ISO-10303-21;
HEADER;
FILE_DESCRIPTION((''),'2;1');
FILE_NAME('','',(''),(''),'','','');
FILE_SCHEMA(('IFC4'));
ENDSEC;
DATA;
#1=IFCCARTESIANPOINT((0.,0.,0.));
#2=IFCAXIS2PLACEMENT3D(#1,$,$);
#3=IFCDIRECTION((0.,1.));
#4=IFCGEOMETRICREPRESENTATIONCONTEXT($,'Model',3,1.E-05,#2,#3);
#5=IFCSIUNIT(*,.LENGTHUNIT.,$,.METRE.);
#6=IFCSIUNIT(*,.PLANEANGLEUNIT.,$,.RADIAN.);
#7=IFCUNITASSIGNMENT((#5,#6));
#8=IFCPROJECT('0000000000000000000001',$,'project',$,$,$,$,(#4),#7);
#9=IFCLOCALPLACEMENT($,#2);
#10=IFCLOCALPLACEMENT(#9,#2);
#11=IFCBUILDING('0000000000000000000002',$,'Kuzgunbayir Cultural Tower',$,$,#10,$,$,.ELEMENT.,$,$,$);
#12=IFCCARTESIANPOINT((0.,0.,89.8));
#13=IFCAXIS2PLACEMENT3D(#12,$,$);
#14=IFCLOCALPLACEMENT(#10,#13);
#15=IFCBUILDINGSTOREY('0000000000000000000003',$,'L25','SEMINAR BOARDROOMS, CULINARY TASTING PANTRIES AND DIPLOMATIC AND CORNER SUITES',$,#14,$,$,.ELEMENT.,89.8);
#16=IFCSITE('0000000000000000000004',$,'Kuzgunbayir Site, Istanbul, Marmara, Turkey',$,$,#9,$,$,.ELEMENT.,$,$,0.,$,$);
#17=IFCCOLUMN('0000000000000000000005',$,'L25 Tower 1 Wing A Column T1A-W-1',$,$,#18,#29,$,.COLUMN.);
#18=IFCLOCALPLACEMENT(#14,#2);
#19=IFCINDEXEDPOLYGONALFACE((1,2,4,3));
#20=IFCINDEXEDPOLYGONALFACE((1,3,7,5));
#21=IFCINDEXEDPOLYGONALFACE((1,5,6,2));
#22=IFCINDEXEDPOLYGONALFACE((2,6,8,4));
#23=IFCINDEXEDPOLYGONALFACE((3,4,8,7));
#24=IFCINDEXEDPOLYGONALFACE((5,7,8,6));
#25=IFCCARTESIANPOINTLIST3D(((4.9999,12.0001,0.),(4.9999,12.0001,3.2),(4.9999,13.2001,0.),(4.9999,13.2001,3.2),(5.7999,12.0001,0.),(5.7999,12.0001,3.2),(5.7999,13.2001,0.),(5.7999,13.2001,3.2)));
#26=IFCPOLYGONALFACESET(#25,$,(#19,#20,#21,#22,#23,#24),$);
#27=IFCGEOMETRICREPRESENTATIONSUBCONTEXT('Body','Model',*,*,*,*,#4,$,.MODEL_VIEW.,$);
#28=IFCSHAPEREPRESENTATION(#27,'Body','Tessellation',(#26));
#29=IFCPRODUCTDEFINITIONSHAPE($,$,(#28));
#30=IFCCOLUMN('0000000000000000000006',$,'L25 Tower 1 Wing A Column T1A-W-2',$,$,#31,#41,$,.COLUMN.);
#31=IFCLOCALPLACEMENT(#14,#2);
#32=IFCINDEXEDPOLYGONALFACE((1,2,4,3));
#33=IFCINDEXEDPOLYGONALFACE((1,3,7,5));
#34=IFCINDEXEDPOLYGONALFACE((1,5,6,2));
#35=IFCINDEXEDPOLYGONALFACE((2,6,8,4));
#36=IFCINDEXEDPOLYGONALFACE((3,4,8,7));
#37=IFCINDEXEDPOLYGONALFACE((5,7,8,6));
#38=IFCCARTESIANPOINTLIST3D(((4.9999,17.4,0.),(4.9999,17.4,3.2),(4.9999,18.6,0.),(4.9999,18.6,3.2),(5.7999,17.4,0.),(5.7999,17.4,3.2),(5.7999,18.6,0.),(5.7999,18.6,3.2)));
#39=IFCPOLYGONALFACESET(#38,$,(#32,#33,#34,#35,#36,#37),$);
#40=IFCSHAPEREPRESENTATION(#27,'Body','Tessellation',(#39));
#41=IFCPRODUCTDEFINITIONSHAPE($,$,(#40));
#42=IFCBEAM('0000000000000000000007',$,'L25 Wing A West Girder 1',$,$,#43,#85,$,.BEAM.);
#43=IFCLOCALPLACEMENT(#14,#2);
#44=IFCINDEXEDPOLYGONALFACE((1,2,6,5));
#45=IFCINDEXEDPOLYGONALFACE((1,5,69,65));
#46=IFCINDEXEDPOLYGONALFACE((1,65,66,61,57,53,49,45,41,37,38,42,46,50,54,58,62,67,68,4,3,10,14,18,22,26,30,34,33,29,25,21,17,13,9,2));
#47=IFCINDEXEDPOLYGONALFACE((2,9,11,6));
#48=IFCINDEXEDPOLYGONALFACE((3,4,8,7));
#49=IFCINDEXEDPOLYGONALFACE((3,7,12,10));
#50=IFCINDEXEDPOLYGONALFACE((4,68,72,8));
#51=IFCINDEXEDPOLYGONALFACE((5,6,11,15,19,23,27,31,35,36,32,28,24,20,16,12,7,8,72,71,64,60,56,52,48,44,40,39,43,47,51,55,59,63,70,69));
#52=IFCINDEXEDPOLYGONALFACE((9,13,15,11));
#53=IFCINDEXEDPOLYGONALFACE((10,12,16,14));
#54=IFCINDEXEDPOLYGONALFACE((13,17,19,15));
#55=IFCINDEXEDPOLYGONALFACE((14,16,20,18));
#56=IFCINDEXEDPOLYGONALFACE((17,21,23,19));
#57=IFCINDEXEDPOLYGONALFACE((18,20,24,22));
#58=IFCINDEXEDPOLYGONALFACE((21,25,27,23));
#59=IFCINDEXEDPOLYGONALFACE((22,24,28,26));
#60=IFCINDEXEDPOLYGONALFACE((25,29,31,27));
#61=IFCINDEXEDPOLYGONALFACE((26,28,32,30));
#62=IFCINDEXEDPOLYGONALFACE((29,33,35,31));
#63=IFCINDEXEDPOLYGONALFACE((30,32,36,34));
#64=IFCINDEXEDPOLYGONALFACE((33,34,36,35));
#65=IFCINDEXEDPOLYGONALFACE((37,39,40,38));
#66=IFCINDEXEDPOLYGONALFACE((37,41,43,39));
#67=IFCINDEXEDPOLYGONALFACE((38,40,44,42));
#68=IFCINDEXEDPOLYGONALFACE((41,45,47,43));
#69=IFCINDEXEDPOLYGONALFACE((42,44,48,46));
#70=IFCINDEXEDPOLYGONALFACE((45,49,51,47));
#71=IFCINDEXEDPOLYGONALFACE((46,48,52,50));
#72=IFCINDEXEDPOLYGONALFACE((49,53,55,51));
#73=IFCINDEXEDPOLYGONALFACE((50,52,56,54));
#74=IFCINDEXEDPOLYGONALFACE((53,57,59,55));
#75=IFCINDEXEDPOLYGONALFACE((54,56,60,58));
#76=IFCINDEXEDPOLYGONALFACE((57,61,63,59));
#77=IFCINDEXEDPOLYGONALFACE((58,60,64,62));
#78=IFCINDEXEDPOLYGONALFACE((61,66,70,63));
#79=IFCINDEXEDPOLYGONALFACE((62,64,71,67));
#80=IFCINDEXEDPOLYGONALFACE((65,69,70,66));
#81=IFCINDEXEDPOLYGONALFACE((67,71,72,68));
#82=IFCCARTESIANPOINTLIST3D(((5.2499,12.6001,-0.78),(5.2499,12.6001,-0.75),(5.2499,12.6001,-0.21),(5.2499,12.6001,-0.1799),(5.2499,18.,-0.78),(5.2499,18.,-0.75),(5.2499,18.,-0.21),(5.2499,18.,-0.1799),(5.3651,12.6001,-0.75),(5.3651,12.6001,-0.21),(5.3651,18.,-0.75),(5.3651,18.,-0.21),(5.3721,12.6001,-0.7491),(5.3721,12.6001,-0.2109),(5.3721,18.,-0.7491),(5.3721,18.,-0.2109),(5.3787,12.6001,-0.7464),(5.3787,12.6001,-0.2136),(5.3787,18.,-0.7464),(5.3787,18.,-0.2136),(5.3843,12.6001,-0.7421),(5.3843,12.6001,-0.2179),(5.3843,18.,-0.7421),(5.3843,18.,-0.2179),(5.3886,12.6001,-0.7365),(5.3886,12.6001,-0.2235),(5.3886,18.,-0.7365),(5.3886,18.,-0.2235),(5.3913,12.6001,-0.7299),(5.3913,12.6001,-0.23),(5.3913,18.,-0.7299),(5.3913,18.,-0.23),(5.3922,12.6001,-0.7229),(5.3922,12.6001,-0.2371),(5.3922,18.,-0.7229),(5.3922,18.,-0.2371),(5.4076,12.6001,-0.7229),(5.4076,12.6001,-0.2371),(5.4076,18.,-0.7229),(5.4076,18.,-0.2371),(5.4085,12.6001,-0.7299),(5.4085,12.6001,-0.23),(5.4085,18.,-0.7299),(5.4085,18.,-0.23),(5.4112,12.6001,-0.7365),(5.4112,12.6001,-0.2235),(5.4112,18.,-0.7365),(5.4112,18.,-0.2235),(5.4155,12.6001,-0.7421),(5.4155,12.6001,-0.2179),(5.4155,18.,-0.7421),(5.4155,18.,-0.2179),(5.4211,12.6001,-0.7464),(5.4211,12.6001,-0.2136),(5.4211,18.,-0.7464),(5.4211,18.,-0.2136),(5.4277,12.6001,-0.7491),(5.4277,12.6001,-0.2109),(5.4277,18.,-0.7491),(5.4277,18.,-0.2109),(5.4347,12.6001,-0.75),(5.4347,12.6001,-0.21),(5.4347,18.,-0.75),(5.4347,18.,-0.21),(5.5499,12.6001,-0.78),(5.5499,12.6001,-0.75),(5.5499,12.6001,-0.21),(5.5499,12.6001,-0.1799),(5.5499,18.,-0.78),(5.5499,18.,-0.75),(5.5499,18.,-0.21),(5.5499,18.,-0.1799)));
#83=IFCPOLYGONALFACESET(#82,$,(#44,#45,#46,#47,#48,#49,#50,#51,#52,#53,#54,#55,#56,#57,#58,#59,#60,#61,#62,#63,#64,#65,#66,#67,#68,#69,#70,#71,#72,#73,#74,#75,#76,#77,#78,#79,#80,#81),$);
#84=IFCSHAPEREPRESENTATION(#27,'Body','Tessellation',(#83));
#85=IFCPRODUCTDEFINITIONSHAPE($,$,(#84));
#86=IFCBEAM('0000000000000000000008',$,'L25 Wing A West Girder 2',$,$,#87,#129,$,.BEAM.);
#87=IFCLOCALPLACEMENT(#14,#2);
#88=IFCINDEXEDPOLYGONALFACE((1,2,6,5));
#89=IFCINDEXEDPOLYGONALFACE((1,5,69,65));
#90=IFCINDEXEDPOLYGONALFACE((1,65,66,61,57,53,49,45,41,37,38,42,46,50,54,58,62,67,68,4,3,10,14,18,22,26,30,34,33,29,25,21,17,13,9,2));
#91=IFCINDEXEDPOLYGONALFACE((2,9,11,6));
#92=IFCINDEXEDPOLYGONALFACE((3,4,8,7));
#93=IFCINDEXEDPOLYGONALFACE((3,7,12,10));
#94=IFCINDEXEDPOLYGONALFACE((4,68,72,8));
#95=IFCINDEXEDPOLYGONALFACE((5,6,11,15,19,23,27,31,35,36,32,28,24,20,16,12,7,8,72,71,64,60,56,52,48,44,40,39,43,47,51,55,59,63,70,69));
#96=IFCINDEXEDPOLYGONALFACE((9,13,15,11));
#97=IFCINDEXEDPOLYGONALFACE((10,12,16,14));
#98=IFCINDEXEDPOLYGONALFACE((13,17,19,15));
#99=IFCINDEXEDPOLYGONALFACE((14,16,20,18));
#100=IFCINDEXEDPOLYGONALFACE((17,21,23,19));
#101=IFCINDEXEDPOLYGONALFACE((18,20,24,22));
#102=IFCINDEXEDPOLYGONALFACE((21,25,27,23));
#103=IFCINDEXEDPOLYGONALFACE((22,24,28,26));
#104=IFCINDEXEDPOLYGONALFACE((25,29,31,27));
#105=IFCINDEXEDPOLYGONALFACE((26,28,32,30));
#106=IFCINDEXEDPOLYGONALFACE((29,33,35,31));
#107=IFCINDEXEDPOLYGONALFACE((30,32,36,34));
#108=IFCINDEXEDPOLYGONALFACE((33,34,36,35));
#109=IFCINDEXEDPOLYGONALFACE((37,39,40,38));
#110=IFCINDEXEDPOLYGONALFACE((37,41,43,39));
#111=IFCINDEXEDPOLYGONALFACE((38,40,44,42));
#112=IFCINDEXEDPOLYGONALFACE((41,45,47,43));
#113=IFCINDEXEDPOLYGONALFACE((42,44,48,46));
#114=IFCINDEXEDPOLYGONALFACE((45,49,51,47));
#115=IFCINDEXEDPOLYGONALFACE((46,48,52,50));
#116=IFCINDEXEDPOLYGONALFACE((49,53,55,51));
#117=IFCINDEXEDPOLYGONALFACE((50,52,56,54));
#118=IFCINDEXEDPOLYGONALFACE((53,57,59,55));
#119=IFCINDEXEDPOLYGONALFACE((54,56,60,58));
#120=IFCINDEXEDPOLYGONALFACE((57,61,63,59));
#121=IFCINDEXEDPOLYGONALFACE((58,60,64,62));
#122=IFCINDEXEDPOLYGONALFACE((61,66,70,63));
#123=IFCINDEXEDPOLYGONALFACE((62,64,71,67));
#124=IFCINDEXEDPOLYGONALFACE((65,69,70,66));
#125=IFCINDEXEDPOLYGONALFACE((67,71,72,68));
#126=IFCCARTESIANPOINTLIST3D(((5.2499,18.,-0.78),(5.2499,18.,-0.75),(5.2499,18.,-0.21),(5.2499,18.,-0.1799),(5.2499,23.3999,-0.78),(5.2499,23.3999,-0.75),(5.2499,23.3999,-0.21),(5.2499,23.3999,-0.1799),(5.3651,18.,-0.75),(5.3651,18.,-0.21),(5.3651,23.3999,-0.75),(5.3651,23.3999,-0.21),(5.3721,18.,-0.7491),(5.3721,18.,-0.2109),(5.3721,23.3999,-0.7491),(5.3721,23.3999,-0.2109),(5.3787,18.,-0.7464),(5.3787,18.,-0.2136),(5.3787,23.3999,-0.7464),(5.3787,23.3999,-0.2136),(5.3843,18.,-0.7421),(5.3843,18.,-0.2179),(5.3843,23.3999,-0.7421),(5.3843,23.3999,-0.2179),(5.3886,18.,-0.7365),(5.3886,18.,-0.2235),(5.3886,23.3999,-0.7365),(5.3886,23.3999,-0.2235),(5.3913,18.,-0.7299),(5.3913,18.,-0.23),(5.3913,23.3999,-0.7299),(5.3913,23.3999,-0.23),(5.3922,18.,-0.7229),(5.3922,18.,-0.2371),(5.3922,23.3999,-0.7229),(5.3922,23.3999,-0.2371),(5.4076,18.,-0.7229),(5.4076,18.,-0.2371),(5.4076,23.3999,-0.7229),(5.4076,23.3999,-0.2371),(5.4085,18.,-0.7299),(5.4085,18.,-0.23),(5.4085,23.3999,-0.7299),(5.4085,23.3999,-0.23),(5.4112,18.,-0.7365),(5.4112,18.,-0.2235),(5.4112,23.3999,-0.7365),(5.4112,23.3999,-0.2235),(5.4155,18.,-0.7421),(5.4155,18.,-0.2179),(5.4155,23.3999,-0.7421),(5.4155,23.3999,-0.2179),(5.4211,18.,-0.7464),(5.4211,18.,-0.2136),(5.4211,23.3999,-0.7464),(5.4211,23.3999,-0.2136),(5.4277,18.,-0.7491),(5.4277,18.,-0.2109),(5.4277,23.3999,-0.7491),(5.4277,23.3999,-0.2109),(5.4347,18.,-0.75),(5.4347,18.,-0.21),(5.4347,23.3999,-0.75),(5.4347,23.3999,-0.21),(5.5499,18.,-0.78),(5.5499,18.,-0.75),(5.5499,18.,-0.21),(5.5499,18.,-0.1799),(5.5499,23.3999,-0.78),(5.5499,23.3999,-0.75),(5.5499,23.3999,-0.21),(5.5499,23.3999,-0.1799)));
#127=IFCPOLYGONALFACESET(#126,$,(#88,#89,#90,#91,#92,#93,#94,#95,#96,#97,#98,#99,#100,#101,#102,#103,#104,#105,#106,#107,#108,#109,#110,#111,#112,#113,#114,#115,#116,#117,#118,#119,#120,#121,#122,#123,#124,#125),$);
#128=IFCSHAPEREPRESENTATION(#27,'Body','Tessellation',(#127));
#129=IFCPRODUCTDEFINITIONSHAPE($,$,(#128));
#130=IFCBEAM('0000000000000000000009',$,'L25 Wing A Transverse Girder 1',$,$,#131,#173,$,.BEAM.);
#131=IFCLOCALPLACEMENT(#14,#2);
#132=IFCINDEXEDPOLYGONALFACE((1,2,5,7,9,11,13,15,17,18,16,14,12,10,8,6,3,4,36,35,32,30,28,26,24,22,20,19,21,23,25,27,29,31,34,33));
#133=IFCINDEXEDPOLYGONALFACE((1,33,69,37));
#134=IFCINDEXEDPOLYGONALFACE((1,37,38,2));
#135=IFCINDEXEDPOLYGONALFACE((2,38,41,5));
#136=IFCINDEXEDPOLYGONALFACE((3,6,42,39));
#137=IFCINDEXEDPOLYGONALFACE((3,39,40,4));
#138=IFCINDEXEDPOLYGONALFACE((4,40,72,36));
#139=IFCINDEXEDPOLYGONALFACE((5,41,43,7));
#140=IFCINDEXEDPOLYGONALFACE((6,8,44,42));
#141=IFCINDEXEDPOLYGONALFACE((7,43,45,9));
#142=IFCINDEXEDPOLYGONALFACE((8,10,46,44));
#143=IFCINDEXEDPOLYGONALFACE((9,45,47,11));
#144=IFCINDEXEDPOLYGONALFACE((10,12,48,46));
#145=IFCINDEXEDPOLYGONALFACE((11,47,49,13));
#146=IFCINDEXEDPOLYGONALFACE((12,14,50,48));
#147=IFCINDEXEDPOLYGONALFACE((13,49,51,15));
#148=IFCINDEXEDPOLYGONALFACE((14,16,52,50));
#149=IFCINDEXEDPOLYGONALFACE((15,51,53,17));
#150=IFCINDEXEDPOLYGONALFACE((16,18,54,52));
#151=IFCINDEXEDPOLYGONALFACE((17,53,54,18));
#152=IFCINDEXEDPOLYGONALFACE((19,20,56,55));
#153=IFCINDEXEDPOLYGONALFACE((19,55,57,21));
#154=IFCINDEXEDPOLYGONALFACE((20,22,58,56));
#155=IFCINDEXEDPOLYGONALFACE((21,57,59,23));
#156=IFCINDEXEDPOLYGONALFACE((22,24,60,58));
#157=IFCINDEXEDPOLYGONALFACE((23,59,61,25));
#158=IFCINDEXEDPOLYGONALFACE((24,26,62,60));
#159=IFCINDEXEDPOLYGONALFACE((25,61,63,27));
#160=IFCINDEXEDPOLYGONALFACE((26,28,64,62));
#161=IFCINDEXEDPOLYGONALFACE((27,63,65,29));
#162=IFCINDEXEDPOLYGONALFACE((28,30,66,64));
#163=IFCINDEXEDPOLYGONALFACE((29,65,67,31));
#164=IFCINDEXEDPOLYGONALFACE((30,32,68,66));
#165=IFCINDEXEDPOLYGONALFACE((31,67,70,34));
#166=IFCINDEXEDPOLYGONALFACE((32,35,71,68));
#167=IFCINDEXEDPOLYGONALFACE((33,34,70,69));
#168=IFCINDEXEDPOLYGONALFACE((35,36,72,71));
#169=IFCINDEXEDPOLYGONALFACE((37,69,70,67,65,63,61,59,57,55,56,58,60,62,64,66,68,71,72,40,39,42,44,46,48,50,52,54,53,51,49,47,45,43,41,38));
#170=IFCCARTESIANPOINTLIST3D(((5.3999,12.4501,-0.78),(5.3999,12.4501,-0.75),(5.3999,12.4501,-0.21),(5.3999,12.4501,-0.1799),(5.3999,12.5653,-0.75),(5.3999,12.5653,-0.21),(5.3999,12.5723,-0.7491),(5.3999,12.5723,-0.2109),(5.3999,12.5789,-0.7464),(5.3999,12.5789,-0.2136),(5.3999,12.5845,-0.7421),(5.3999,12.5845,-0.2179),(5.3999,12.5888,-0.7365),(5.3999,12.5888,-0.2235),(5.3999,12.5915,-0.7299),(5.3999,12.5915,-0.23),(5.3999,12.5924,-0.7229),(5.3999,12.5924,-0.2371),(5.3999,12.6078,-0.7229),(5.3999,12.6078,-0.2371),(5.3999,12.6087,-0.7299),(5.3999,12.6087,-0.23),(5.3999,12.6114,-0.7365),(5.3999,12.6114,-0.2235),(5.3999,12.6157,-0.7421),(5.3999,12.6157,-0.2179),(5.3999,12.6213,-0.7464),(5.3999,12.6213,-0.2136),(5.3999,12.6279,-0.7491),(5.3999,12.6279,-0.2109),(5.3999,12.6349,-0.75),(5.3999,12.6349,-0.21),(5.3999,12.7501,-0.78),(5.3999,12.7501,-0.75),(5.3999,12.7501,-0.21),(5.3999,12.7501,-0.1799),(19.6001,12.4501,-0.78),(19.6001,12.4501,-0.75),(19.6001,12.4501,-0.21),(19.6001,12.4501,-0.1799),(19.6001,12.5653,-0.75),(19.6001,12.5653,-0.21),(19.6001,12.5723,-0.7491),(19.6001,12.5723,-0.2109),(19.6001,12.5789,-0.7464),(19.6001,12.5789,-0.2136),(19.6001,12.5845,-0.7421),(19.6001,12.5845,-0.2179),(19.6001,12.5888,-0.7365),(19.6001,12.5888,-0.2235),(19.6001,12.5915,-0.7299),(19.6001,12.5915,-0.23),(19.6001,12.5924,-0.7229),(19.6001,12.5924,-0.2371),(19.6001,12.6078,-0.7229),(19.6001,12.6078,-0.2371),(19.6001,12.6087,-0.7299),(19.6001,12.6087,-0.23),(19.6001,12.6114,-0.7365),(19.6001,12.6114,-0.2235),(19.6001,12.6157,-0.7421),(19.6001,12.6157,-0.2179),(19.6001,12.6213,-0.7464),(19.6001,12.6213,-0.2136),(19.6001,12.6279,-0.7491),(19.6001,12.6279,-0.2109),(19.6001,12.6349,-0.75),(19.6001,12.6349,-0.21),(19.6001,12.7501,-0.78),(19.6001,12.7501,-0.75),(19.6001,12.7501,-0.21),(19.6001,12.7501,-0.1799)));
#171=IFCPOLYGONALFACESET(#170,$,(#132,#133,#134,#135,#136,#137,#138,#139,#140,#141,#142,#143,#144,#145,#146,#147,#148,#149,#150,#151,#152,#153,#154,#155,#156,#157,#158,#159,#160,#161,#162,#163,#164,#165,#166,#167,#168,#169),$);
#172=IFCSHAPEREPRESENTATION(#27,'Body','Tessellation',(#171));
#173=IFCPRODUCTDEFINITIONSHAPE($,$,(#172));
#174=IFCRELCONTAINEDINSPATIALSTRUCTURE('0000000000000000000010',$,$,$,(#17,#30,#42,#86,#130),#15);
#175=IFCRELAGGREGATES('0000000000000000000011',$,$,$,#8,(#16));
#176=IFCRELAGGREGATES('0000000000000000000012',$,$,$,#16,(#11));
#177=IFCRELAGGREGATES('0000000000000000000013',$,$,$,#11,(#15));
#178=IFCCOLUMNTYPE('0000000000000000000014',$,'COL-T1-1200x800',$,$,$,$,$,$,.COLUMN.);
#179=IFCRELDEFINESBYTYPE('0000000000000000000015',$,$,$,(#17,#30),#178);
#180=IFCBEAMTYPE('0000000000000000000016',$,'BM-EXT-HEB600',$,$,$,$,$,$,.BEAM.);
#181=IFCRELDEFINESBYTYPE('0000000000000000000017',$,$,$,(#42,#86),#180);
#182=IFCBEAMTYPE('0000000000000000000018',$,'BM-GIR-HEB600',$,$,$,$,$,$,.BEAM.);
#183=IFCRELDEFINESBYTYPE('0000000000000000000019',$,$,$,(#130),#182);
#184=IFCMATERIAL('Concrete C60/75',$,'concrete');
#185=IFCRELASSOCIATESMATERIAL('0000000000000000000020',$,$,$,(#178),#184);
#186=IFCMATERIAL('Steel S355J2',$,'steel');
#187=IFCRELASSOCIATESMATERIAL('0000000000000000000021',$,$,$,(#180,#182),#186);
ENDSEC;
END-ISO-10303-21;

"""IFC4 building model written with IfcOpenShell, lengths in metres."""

from ifc_helpers import new_model, si_unit, direction, frame, origin, origin_2d, place, context, subcontext, project, spatial, rectangle, i_section, extrude, material, material_profile, profile_set, type_object, element, save


model = new_model("IFC4")

# Units and contexts
model_context = context("Model", 3, precision=1e-05, world=origin(), true_north=direction((0.0, 1.0)))
body_context = subcontext(model_context, "Body", "Model", "MODEL_VIEW")
ifc_project = project(units=[si_unit("LENGTHUNIT", "METRE"), si_unit("PLANEANGLEUNIT", "RADIAN")], contexts=[model_context])

# Site, building, storey
site_placement = place(None, origin())
site = spatial("IfcSite", under=ifc_project, at=site_placement, Name="Kuzgunbayir Site, Istanbul, Marmara, Turkey", CompositionType="ELEMENT", RefElevation=0.0)
building_placement = place(site_placement, origin())
building = spatial("IfcBuilding", under=site, at=building_placement, Name="Kuzgunbayir Cultural Tower", CompositionType="ELEMENT")
storey_placement = place(building_placement, frame((0.0, 0.0, 89.8)))
storey = spatial("IfcBuildingStorey", under=building, at=storey_placement, Name="L25", Description="SEMINAR BOARDROOMS, CULINARY TASTING PANTRIES AND DIPLOMATIC AND CORNER SUITES", CompositionType="ELEMENT", Elevation=89.8)

# Columns
ifc_material_1 = material(Name="Concrete C60/75", Category="concrete")
ifc_material_profile_1 = material_profile(ifc_material_1, rectangle(XDim=0.8, YDim=1.2, at=origin_2d()), Name="RC 1200x800")
ifc_profile_set_1 = profile_set([ifc_material_profile_1], Name="Concrete C60/75")
column_type = type_object("IfcColumnType", Name="COL-T1-1200x800", PredefinedType="COLUMN", material=ifc_profile_set_1)
for number, where, z_axis, x_axis, name in (
    (1, (5.3999, 12.6001, 0.0), (0.0, 0.0, 1.0), (1.0, 0.0, 0.0), "L25 Tower 1 Wing A Column T1A-W-1"),
    (2, (5.3999, 18.0, 0.0), (0.0, 0.0, 1.0), (1.0, 0.0, 0.0), "L25 Tower 1 Wing A Column T1A-W-2"),
):
    element("IfcColumn", number, at=place(storey_placement, frame(where, z_axis=z_axis, x_axis=x_axis)), inside=storey, type_object=column_type, Name=name, PredefinedType="COLUMN", context=body_context, shape_type="SweptSolid", body=[
        extrude(rectangle(XDim=0.8, YDim=1.2, at=origin_2d()), origin(), (0.0, 0.0, 1.0), 3.2),
    ])

# Beams
ifc_material_2 = material(Name="Steel S355J2", Category="steel")
ifc_material_profile_2 = material_profile(ifc_material_2, i_section(OverallWidth=0.3, OverallDepth=0.6001, WebThickness=0.0154, FlangeThickness=0.03, FilletRadius=0.0271, at=origin_2d()), Name="HEB 600")
ifc_profile_set_2 = profile_set([ifc_material_profile_2], Name="Steel S355J2")
beam_type_1 = type_object("IfcBeamType", Name="BM-EXT-HEB600", PredefinedType="BEAM", material=ifc_profile_set_2)
for number, where, z_axis, x_axis, name in (
    (3, (5.3999, 12.6001, -0.48), (0.0, 1.0, 0.0), (-1.0, 0.0, 0.0), "L25 Wing A West Girder 1"),
    (4, (5.3999, 18.0, -0.48), (0.0, 1.0, 0.0), (-1.0, 0.0, 0.0), "L25 Wing A West Girder 2"),
):
    element("IfcBeam", number, at=place(storey_placement, frame(where, z_axis=z_axis, x_axis=x_axis)), inside=storey, type_object=beam_type_1, Name=name, PredefinedType="BEAM", context=body_context, shape_type="SweptSolid", body=[
        extrude(i_section(OverallWidth=0.3, OverallDepth=0.6001, WebThickness=0.0154, FlangeThickness=0.03, FilletRadius=0.0271, at=origin_2d()), origin(), (0.0, 0.0, 1.0), 5.3999),
    ])
ifc_material_profile_3 = material_profile(ifc_material_2, i_section(OverallWidth=0.3, OverallDepth=0.6001, WebThickness=0.0154, FlangeThickness=0.03, FilletRadius=0.0271, at=origin_2d()), Name="HEB 600")
ifc_profile_set_3 = profile_set([ifc_material_profile_3], Name="Steel S355J2")
beam_type_2 = type_object("IfcBeamType", Name="BM-GIR-HEB600", PredefinedType="BEAM", material=ifc_profile_set_3)
for number, where, z_axis, x_axis, name in (
    (5, (5.3999, 12.6001, -0.48), (1.0, 0.0, 0.0), (0.0, 1.0, 0.0), "L25 Wing A Transverse Girder 1"),
):
    element("IfcBeam", number, at=place(storey_placement, frame(where, z_axis=z_axis, x_axis=x_axis)), inside=storey, type_object=beam_type_2, Name=name, PredefinedType="BEAM", context=body_context, shape_type="SweptSolid", body=[
        extrude(i_section(OverallWidth=0.3, OverallDepth=0.6001, WebThickness=0.0154, FlangeThickness=0.03, FilletRadius=0.0271, at=origin_2d()), origin(), (0.0, 0.0, 1.0), 14.2002),
    ])

save(model, "model.ifc")
